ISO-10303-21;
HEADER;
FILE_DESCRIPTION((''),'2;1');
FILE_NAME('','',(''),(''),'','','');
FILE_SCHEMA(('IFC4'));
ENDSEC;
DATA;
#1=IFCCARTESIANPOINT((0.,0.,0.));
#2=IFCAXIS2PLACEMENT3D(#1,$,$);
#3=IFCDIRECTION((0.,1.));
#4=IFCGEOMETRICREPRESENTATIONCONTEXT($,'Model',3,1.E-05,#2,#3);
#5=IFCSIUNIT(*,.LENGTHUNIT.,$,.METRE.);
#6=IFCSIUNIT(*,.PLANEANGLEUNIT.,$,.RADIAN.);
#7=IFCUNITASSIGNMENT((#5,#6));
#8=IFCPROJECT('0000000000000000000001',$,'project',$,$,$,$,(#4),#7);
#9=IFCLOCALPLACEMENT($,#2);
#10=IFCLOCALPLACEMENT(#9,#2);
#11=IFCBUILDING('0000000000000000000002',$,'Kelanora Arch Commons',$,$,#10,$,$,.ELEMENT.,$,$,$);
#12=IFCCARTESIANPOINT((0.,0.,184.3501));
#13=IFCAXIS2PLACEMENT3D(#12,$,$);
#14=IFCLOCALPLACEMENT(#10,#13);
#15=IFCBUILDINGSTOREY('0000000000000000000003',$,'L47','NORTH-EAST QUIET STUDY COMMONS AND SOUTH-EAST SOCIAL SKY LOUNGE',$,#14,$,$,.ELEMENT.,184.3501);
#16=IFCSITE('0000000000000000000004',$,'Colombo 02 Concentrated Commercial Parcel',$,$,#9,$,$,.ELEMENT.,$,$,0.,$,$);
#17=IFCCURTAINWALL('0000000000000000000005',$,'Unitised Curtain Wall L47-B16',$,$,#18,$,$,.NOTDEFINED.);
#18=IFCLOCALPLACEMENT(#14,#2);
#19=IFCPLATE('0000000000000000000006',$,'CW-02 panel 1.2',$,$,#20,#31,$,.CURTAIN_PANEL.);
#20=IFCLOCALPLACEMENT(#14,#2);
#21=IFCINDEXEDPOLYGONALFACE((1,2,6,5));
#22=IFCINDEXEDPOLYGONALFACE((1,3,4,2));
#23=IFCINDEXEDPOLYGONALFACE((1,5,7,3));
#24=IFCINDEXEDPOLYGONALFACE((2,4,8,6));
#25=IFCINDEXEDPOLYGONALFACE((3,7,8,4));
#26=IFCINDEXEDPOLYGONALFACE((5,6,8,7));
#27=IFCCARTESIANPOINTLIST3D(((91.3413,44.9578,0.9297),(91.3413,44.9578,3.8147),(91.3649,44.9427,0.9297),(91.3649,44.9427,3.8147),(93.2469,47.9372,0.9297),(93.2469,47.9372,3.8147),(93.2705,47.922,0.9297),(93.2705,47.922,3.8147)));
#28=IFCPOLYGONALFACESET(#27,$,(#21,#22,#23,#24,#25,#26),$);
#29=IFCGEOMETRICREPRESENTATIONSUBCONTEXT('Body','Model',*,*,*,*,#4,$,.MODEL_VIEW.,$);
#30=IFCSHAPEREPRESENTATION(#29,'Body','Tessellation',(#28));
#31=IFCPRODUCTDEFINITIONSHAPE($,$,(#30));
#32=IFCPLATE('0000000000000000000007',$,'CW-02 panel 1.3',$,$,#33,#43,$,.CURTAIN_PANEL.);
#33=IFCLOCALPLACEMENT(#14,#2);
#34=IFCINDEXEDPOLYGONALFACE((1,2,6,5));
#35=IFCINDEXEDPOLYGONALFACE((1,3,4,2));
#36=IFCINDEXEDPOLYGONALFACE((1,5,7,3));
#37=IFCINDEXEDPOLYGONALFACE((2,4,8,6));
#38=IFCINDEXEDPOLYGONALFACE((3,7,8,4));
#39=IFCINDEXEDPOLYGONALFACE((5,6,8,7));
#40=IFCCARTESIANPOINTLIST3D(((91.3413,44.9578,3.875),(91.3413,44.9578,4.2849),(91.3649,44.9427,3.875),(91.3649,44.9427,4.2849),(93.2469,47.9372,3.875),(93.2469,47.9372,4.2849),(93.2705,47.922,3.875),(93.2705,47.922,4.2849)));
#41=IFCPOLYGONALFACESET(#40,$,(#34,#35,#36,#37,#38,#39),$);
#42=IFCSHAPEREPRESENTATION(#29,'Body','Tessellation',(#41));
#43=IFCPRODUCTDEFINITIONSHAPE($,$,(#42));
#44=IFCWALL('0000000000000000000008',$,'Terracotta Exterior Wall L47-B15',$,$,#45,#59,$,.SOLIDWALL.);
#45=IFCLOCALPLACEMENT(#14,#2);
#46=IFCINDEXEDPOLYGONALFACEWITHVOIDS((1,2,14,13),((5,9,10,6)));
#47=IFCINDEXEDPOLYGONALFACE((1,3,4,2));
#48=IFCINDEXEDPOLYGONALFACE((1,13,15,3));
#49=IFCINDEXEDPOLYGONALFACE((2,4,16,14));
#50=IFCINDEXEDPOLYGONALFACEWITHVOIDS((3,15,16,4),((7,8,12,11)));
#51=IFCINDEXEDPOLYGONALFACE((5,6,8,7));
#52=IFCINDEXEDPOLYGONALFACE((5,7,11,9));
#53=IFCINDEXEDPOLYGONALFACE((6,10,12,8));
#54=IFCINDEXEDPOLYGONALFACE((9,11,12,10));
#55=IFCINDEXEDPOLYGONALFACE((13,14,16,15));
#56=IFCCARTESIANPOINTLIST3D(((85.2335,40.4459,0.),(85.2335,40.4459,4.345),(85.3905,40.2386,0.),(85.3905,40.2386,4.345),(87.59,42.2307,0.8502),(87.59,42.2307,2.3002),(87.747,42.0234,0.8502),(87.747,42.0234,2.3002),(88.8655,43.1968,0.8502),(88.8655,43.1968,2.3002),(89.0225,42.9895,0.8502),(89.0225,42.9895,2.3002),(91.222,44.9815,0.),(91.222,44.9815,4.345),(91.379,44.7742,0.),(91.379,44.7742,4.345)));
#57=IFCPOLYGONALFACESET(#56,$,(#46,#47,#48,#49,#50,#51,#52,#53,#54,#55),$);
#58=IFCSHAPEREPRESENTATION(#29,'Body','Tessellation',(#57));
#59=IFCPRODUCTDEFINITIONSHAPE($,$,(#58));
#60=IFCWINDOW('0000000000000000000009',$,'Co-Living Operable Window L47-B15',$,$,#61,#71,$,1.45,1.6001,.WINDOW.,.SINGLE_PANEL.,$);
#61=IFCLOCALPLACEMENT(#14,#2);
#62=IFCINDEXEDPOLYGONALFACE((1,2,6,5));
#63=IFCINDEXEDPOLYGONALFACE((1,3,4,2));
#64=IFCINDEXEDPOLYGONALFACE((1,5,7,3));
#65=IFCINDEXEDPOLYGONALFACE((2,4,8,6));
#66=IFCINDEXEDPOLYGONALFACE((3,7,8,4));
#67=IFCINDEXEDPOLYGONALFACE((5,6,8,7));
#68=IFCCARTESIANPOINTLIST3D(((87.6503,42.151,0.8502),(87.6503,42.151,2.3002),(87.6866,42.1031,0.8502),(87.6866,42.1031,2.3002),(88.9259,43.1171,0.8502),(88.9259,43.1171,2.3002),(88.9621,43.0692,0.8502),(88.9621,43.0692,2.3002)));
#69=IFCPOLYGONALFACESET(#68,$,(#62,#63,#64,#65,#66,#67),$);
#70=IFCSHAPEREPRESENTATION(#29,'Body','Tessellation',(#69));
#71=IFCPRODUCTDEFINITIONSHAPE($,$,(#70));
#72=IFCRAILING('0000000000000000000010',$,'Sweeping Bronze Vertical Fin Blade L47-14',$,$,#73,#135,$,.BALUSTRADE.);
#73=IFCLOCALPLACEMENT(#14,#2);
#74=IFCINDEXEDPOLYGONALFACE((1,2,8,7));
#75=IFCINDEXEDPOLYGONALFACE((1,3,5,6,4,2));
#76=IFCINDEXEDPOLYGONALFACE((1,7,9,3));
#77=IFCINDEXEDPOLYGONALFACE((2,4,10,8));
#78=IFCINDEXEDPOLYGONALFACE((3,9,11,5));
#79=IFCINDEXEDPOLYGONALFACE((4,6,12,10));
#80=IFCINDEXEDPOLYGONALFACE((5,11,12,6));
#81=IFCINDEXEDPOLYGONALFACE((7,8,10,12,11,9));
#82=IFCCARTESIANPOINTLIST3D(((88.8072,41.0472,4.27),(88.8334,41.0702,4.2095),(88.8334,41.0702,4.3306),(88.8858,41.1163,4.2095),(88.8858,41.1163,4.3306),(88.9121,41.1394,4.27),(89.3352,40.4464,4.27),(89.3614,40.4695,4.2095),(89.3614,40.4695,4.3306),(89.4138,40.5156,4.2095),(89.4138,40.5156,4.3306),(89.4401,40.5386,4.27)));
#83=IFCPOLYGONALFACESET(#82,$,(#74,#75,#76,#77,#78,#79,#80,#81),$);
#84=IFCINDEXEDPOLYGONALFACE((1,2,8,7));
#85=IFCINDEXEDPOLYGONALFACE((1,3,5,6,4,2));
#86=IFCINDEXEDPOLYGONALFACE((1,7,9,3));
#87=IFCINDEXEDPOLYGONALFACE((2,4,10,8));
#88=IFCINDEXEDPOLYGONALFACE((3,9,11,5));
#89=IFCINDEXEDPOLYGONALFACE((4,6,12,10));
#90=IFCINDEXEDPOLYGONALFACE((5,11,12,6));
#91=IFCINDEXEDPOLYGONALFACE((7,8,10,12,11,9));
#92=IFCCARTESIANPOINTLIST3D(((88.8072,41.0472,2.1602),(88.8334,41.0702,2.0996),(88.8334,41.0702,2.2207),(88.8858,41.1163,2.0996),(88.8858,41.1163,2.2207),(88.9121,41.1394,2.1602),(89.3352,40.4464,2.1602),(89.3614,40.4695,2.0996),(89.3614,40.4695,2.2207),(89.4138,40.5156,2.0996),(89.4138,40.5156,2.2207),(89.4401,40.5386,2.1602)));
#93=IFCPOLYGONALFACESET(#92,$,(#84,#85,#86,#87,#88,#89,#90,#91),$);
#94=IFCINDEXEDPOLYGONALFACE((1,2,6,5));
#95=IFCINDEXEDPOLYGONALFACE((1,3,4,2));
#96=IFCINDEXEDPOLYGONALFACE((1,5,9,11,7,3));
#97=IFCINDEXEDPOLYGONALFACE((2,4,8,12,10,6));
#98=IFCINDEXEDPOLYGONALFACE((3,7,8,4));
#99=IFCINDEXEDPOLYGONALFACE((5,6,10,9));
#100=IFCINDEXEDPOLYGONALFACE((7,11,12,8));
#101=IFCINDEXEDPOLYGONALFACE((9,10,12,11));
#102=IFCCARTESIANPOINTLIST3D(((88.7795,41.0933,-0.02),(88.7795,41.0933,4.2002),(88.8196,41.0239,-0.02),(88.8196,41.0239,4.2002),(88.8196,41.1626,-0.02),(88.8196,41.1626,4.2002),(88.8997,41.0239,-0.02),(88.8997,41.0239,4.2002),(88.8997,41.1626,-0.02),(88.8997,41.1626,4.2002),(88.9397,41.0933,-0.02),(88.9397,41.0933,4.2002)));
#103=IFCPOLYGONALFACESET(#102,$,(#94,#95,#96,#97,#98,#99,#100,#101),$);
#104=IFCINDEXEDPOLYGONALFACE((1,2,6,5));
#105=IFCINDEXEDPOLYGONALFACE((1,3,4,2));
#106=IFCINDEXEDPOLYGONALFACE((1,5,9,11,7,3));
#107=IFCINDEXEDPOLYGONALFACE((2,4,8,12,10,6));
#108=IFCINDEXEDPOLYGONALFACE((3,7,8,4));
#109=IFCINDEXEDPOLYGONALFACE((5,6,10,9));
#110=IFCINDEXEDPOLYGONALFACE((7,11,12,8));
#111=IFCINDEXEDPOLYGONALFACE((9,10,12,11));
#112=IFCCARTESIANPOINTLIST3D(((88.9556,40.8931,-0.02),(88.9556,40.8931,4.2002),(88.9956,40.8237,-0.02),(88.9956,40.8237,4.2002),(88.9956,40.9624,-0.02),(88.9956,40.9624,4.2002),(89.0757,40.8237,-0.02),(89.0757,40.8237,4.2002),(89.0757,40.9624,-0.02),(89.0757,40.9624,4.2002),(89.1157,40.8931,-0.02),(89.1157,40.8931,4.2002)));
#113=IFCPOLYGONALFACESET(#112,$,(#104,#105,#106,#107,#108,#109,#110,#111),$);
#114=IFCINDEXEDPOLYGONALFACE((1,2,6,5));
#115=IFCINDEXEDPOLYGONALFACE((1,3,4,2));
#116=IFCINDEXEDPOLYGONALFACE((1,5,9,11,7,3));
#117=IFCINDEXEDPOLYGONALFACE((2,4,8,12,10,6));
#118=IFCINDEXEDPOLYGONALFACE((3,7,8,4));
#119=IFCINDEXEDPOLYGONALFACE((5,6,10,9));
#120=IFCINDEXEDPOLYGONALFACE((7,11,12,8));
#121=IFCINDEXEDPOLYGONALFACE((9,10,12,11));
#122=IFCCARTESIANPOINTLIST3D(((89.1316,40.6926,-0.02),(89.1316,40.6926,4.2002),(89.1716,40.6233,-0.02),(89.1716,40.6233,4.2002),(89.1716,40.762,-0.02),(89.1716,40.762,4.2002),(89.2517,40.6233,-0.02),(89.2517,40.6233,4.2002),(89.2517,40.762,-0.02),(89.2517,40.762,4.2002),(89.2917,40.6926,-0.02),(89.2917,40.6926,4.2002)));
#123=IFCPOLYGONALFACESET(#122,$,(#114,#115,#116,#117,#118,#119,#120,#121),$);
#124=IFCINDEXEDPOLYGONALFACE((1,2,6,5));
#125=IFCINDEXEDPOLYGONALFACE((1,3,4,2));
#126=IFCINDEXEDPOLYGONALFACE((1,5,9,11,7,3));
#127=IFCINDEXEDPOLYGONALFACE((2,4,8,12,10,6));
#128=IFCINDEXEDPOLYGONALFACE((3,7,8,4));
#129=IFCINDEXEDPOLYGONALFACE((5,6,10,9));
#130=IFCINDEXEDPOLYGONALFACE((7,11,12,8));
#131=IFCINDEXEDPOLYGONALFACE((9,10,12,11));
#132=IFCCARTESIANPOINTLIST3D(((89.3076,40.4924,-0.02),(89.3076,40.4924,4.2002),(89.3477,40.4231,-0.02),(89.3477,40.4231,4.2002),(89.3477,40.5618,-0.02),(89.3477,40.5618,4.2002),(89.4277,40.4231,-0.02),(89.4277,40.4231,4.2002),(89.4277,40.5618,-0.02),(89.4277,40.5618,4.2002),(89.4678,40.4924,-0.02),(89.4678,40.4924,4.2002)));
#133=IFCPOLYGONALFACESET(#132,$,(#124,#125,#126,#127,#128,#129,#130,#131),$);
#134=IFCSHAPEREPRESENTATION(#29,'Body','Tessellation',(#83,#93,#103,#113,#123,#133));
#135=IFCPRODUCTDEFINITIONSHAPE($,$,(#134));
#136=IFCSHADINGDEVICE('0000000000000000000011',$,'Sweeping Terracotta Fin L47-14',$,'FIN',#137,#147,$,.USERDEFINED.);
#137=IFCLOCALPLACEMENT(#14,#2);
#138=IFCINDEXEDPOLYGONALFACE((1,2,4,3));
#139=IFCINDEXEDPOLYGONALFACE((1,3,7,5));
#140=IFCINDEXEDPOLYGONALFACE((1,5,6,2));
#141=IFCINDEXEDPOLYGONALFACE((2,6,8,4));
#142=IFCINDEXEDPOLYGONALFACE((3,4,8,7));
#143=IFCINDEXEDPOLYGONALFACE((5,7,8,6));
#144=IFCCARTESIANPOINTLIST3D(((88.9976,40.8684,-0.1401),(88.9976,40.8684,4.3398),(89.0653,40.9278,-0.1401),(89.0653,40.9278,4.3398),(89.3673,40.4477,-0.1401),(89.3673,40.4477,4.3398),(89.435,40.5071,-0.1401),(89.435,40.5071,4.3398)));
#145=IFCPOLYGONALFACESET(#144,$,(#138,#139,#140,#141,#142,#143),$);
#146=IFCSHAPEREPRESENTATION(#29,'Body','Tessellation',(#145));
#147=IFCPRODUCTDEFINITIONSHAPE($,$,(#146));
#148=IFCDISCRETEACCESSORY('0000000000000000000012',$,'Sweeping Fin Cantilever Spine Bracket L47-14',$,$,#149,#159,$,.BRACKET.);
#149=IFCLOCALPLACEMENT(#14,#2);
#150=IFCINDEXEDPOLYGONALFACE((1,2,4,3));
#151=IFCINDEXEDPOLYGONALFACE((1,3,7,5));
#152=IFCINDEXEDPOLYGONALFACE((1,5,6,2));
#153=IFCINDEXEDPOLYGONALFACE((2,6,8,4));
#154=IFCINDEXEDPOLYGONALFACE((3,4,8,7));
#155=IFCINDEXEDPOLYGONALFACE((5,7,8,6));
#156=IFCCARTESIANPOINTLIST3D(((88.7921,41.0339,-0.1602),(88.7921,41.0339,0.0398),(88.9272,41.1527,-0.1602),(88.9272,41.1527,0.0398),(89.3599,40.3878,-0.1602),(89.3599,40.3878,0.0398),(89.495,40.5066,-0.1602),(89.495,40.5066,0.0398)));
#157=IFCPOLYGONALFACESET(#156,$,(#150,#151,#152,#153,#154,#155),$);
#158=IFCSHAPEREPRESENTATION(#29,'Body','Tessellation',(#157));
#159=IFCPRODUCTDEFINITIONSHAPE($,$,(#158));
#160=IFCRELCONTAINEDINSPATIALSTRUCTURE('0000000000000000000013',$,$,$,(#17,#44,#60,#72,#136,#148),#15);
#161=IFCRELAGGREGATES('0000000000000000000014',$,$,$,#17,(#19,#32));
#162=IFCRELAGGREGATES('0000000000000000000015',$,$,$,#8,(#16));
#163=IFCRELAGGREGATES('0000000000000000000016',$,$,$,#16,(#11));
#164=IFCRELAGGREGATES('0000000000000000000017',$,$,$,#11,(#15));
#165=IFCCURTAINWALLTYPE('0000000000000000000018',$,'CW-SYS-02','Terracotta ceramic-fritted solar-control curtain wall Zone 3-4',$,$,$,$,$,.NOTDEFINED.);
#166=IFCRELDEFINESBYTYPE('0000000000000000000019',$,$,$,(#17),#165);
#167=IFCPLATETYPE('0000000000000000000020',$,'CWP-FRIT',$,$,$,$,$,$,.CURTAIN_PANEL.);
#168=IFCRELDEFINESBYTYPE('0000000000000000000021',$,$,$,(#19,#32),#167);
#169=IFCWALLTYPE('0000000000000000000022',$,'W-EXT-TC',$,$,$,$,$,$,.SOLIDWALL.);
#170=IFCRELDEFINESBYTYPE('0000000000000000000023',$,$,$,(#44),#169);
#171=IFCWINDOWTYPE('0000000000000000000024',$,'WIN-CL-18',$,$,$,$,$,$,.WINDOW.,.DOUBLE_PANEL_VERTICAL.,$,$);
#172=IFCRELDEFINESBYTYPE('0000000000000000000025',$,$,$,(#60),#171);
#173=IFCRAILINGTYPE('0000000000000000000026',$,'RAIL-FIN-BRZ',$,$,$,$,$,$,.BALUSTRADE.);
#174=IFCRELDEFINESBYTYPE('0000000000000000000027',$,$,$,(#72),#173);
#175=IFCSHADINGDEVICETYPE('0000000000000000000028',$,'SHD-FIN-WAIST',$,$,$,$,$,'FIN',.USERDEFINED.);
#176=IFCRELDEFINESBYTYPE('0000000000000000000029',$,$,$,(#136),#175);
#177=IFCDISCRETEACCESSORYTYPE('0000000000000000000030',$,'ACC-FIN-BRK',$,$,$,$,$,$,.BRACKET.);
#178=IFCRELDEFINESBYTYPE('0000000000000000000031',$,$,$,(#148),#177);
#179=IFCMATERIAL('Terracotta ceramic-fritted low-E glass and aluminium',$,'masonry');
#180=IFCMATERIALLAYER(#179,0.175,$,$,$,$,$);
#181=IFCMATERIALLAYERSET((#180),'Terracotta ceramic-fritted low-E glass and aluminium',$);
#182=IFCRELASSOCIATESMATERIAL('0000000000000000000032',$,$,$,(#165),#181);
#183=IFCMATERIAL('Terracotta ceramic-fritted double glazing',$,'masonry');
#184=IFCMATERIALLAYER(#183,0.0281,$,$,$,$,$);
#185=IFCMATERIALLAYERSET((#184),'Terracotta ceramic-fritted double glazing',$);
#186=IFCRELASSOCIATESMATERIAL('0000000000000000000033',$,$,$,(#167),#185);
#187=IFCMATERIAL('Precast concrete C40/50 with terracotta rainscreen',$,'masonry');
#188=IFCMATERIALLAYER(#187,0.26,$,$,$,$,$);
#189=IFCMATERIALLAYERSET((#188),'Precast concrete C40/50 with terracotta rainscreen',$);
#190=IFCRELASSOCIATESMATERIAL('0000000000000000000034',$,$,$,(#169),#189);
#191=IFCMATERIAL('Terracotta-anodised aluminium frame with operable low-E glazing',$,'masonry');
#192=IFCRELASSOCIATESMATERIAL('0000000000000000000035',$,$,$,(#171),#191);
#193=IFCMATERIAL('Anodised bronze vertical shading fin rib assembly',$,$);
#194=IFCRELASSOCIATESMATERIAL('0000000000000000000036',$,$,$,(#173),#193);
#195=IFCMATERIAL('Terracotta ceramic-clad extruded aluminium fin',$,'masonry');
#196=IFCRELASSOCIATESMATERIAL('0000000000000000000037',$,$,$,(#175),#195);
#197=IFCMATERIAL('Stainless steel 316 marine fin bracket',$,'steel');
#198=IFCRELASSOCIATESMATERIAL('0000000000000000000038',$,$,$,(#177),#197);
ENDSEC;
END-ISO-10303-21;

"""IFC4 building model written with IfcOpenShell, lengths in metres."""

from ifc_helpers import new_model, si_unit, direction, frame, frame_2d, origin, origin_2d, place, context, subcontext, project, spatial, polyline, rectangle, outline, extrude, source, transform, mapped, material, layer, layer_set, type_object, element, fill, aggregate, save


model = new_model("IFC4")

# Units and contexts
model_context = context("Model", 3, precision=1e-05, world=origin(), true_north=direction((0.0, 1.0)))
body_context = subcontext(model_context, "Body", "Model", "MODEL_VIEW")
ifc_project = project(units=[si_unit("LENGTHUNIT", "METRE"), si_unit("PLANEANGLEUNIT", "RADIAN")], contexts=[model_context])

# Site, building, storey
site_placement = place(None, origin())
site = spatial("IfcSite", under=ifc_project, at=site_placement, Name="Colombo 02 Concentrated Commercial Parcel", CompositionType="ELEMENT", RefElevation=0.0)
building_placement = place(site_placement, origin())
building = spatial("IfcBuilding", under=site, at=building_placement, Name="Kelanora Arch Commons", CompositionType="ELEMENT")
storey_placement = place(building_placement, frame((0.0, 0.0, 184.3501)))
storey = spatial("IfcBuildingStorey", under=building, at=storey_placement, Name="L47", Description="NORTH-EAST QUIET STUDY COMMONS AND SOUTH-EAST SOCIAL SKY LOUNGE", CompositionType="ELEMENT", Elevation=184.3501)

# Shared definitions
ifc_material_1 = material(Name="Terracotta ceramic-fritted low-E glass and aluminium", Category="masonry")
ifc_layer_1 = layer(ifc_material_1, 0.175)
ifc_layer_set_1 = layer_set([ifc_layer_1], Name="Terracotta ceramic-fritted low-E glass and aluminium")
curtain_wall_type = type_object("IfcCurtainWallType", Name="CW-SYS-02", Description="Terracotta ceramic-fritted solar-control curtain wall Zone 3-4", PredefinedType="NOTDEFINED", material=ifc_layer_set_1)

# Curtain wall
curtain_wall_1_placement = place(storey_placement, origin())
curtain_wall_1 = element("IfcCurtainWall", 1, at=curtain_wall_1_placement, inside=storey, type_object=curtain_wall_type, Name="Unitised Curtain Wall L47-B16", PredefinedType="NOTDEFINED")

# Plates
ifc_material_2 = material(Name="Terracotta ceramic-fritted double glazing", Category="masonry")
ifc_layer_2 = layer(ifc_material_2, 0.0281)
ifc_layer_set_2 = layer_set([ifc_layer_2], Name="Terracotta ceramic-fritted double glazing")
plate_type = type_object("IfcPlateType", Name="CWP-FRIT", PredefinedType="CURTAIN_PANEL", material=ifc_layer_set_2)
shared_shape_1 = source(origin(), body_context, "Body", "SweptSolid", [
    extrude(rectangle(XDim=3.5366, YDim=0.0281, at=origin_2d()), origin(), (0.0, 0.0, 1.0), 2.885),
])
plate_1_placement = place(storey_placement, frame((92.3059, 46.4399, 0.9297), z_axis=(0.0, 0.0, 1.0), x_axis=(0.538817, 0.842423, 0.0)))
plate_1 = element("IfcPlate", 2, at=plate_1_placement, type_object=plate_type, Name="CW-02 panel 1.2", PredefinedType="CURTAIN_PANEL", context=body_context, shape_type="MappedRepresentation", body=[
    mapped(shared_shape_1, transform((0.0, 0.0, 0.0), scale=1.0)),
])
shared_shape_2 = source(origin(), body_context, "Body", "SweptSolid", [
    extrude(rectangle(XDim=3.5366, YDim=0.0281, at=origin_2d()), origin(), (0.0, 0.0, 1.0), 0.4099),
])
plate_2_placement = place(storey_placement, frame((92.3059, 46.4399, 3.875), z_axis=(0.0, 0.0, 1.0), x_axis=(0.538817, 0.842423, 0.0)))
plate_2 = element("IfcPlate", 3, at=plate_2_placement, type_object=plate_type, Name="CW-02 panel 1.3", PredefinedType="CURTAIN_PANEL", context=body_context, shape_type="MappedRepresentation", body=[
    mapped(shared_shape_2, transform((0.0, 0.0, 0.0), scale=1.0)),
])
aggregate(curtain_wall_1, [plate_1, plate_2])

# Wall, opening, window
ifc_material_3 = material(Name="Precast concrete C40/50 with terracotta rainscreen", Category="masonry")
ifc_layer_3 = layer(ifc_material_3, 0.26)
ifc_layer_set_3 = layer_set([ifc_layer_3], Name="Precast concrete C40/50 with terracotta rainscreen")
wall_type = type_object("IfcWallType", Name="W-EXT-TC", PredefinedType="SOLIDWALL", material=ifc_layer_set_3)
wall_placement = place(storey_placement, frame((85.312, 40.3423, 0.0), z_axis=(0.0, 0.0, 1.0), x_axis=(0.797164, 0.603763, 0.0)))
wall = element("IfcWall", 4, at=wall_placement, inside=storey, type_object=wall_type, Name="Terracotta Exterior Wall L47-B15", PredefinedType="SOLIDWALL", context=body_context, shape_type="SweptSolid", body=[
    extrude(rectangle(XDim=7.5122, YDim=0.26, at=frame_2d((3.7561, 0.0))), origin(), (0.0, 0.0, 1.0), 4.345),
])
opening_placement = place(wall_placement, frame((2.9561, 0.0, 0.8501)))
opening = element("IfcOpeningElement", 5, at=opening_placement, cuts=wall, PredefinedType="OPENING", context=body_context, shape_type="SweptSolid", body=[
    extrude(rectangle(XDim=1.6001, YDim=1.45, at=frame_2d((0.8, 0.7251))), frame((0.0, 0.1401, 0.0), z_axis=(0.0, -1.0, 0.0), x_axis=(1.0, 0.0, 0.0)), (0.0, 0.0, 1.0), 0.28),
])
ifc_material_4 = material(Name="Terracotta-anodised aluminium frame with operable low-E glazing", Category="masonry")
window_type = type_object("IfcWindowType", Name="WIN-CL-18", PartitioningType="DOUBLE_PANEL_VERTICAL", PredefinedType="WINDOW", material=ifc_material_4)
window_placement = place(opening_placement, origin())
window = element("IfcWindow", 6, at=window_placement, inside=storey, type_object=window_type, Name="Co-Living Operable Window L47-B15", OverallHeight=1.45, OverallWidth=1.6001, PartitioningType="SINGLE_PANEL", PredefinedType="WINDOW", context=body_context, shape_type="SweptSolid", body=[
    extrude(rectangle(XDim=1.6001, YDim=1.45, at=frame_2d((0.8, 0.7251))), frame((0.0, 0.03, 0.0), z_axis=(0.0, -1.0, 0.0), x_axis=(1.0, 0.0, 0.0)), (0.0, 0.0, 1.0), 0.0601),
])
fill(opening, window)

# Railing
ifc_material_5 = material(Name="Anodised bronze vertical shading fin rib assembly")
railing_type = type_object("IfcRailingType", Name="RAIL-FIN-BRZ", PredefinedType="BALUSTRADE", material=ifc_material_5)
railing_placement = place(storey_placement, frame((88.8596, 41.0933, -0.02)))
element("IfcRailing", 7, at=railing_placement, inside=storey, type_object=railing_type, Name="Sweeping Bronze Vertical Fin Blade L47-14", PredefinedType="BALUSTRADE", context=body_context, shape_type="SweptSolid", body=[
    extrude(outline(polyline([(0.0698, 0.0), (0.0349, 0.0605), (-0.0349, 0.0605), (-0.0698, 0.0), (-0.0349, -0.0605), (0.0349, -0.0605), (0.0698, 0.0)])), frame((0.0, 0.0, 4.29), z_axis=(0.660167, -0.751119, 0.0), x_axis=(0.751119, 0.660167, 0.0)), (0.0, 0.0, 1.0), 0.7998),
    extrude(outline(polyline([(0.0698, 0.0), (0.0349, 0.0605), (-0.0349, 0.0605), (-0.0698, 0.0), (-0.0349, -0.0605), (0.0349, -0.0605), (0.0698, 0.0)])), frame((0.0, 0.0, 2.1802), z_axis=(0.660167, -0.751119, 0.0), x_axis=(0.751119, 0.660167, 0.0)), (0.0, 0.0, 1.0), 0.7998),
    extrude(outline(polyline([(0.0801, 0.0), (0.04, 0.0693), (-0.04, 0.0693), (-0.0801, 0.0), (-0.04, -0.0693), (0.04, -0.0693), (0.0801, 0.0)])), origin(), (0.0, 0.0, 1.0), 4.2202),
    extrude(outline(polyline([(0.0801, 0.0), (0.04, 0.0693), (-0.04, 0.0693), (-0.0801, 0.0), (-0.04, -0.0693), (0.04, -0.0693), (0.0801, 0.0)])), frame((0.176, -0.2002, 0.0)), (0.0, 0.0, 1.0), 4.2202),
    extrude(outline(polyline([(0.0801, 0.0), (0.04, 0.0693), (-0.04, 0.0693), (-0.0801, 0.0), (-0.04, -0.0693), (0.04, -0.0693), (0.0801, 0.0)])), frame((0.3521, -0.4006, 0.0)), (0.0, 0.0, 1.0), 4.2202),
    extrude(outline(polyline([(0.0801, 0.0), (0.04, 0.0693), (-0.04, 0.0693), (-0.0801, 0.0), (-0.04, -0.0693), (0.04, -0.0693), (0.0801, 0.0)])), frame((0.5281, -0.6008, 0.0)), (0.0, 0.0, 1.0), 4.2202),
])

# Shading device
ifc_material_6 = material(Name="Terracotta ceramic-clad extruded aluminium fin", Category="masonry")
shading_device_type = type_object("IfcShadingDeviceType", Name="SHD-FIN-WAIST", ElementType="FIN", PredefinedType="USERDEFINED", material=ifc_material_6)
shared_shape_3 = source(origin(), body_context, "Body", "SweptSolid", [
    extrude(rectangle(XDim=0.5601, YDim=0.0901, at=origin_2d()), origin(), (0.0, 0.0, 1.0), 4.48),
])
shading_device_placement = place(storey_placement, frame((89.2163, 40.6877, -0.1401), z_axis=(0.0, 0.0, 1.0), x_axis=(0.660133, -0.751149, 0.0)))
element("IfcShadingDevice", 8, at=shading_device_placement, inside=storey, type_object=shading_device_type, Name="Sweeping Terracotta Fin L47-14", ObjectType="FIN", PredefinedType="USERDEFINED", context=body_context, shape_type="MappedRepresentation", body=[
    mapped(shared_shape_3, transform((0.0, 0.0, 0.0), scale=1.0)),
])

# Discrete accessory
ifc_material_7 = material(Name="Stainless steel 316 marine fin bracket", Category="steel")
discrete_accessory_type = type_object("IfcDiscreteAccessoryType", Name="ACC-FIN-BRK", PredefinedType="BRACKET", material=ifc_material_7)
shared_shape_4 = source(origin(), body_context, "Body", "SweptSolid", [
    extrude(rectangle(XDim=0.8601, YDim=0.1799, at=origin_2d()), origin(), (0.0, 0.0, 1.0), 0.2),
])
discrete_accessory_placement = place(storey_placement, frame((89.1436, 40.7703, -0.1602), z_axis=(0.0, 0.0, 1.0), x_axis=(0.660133, -0.751149, 0.0)))
element("IfcDiscreteAccessory", 9, at=discrete_accessory_placement, inside=storey, type_object=discrete_accessory_type, Name="Sweeping Fin Cantilever Spine Bracket L47-14", PredefinedType="BRACKET", context=body_context, shape_type="MappedRepresentation", body=[
    mapped(shared_shape_4, transform((0.0, 0.0, 0.0), scale=1.0)),
])

save(model, "model.ifc")
